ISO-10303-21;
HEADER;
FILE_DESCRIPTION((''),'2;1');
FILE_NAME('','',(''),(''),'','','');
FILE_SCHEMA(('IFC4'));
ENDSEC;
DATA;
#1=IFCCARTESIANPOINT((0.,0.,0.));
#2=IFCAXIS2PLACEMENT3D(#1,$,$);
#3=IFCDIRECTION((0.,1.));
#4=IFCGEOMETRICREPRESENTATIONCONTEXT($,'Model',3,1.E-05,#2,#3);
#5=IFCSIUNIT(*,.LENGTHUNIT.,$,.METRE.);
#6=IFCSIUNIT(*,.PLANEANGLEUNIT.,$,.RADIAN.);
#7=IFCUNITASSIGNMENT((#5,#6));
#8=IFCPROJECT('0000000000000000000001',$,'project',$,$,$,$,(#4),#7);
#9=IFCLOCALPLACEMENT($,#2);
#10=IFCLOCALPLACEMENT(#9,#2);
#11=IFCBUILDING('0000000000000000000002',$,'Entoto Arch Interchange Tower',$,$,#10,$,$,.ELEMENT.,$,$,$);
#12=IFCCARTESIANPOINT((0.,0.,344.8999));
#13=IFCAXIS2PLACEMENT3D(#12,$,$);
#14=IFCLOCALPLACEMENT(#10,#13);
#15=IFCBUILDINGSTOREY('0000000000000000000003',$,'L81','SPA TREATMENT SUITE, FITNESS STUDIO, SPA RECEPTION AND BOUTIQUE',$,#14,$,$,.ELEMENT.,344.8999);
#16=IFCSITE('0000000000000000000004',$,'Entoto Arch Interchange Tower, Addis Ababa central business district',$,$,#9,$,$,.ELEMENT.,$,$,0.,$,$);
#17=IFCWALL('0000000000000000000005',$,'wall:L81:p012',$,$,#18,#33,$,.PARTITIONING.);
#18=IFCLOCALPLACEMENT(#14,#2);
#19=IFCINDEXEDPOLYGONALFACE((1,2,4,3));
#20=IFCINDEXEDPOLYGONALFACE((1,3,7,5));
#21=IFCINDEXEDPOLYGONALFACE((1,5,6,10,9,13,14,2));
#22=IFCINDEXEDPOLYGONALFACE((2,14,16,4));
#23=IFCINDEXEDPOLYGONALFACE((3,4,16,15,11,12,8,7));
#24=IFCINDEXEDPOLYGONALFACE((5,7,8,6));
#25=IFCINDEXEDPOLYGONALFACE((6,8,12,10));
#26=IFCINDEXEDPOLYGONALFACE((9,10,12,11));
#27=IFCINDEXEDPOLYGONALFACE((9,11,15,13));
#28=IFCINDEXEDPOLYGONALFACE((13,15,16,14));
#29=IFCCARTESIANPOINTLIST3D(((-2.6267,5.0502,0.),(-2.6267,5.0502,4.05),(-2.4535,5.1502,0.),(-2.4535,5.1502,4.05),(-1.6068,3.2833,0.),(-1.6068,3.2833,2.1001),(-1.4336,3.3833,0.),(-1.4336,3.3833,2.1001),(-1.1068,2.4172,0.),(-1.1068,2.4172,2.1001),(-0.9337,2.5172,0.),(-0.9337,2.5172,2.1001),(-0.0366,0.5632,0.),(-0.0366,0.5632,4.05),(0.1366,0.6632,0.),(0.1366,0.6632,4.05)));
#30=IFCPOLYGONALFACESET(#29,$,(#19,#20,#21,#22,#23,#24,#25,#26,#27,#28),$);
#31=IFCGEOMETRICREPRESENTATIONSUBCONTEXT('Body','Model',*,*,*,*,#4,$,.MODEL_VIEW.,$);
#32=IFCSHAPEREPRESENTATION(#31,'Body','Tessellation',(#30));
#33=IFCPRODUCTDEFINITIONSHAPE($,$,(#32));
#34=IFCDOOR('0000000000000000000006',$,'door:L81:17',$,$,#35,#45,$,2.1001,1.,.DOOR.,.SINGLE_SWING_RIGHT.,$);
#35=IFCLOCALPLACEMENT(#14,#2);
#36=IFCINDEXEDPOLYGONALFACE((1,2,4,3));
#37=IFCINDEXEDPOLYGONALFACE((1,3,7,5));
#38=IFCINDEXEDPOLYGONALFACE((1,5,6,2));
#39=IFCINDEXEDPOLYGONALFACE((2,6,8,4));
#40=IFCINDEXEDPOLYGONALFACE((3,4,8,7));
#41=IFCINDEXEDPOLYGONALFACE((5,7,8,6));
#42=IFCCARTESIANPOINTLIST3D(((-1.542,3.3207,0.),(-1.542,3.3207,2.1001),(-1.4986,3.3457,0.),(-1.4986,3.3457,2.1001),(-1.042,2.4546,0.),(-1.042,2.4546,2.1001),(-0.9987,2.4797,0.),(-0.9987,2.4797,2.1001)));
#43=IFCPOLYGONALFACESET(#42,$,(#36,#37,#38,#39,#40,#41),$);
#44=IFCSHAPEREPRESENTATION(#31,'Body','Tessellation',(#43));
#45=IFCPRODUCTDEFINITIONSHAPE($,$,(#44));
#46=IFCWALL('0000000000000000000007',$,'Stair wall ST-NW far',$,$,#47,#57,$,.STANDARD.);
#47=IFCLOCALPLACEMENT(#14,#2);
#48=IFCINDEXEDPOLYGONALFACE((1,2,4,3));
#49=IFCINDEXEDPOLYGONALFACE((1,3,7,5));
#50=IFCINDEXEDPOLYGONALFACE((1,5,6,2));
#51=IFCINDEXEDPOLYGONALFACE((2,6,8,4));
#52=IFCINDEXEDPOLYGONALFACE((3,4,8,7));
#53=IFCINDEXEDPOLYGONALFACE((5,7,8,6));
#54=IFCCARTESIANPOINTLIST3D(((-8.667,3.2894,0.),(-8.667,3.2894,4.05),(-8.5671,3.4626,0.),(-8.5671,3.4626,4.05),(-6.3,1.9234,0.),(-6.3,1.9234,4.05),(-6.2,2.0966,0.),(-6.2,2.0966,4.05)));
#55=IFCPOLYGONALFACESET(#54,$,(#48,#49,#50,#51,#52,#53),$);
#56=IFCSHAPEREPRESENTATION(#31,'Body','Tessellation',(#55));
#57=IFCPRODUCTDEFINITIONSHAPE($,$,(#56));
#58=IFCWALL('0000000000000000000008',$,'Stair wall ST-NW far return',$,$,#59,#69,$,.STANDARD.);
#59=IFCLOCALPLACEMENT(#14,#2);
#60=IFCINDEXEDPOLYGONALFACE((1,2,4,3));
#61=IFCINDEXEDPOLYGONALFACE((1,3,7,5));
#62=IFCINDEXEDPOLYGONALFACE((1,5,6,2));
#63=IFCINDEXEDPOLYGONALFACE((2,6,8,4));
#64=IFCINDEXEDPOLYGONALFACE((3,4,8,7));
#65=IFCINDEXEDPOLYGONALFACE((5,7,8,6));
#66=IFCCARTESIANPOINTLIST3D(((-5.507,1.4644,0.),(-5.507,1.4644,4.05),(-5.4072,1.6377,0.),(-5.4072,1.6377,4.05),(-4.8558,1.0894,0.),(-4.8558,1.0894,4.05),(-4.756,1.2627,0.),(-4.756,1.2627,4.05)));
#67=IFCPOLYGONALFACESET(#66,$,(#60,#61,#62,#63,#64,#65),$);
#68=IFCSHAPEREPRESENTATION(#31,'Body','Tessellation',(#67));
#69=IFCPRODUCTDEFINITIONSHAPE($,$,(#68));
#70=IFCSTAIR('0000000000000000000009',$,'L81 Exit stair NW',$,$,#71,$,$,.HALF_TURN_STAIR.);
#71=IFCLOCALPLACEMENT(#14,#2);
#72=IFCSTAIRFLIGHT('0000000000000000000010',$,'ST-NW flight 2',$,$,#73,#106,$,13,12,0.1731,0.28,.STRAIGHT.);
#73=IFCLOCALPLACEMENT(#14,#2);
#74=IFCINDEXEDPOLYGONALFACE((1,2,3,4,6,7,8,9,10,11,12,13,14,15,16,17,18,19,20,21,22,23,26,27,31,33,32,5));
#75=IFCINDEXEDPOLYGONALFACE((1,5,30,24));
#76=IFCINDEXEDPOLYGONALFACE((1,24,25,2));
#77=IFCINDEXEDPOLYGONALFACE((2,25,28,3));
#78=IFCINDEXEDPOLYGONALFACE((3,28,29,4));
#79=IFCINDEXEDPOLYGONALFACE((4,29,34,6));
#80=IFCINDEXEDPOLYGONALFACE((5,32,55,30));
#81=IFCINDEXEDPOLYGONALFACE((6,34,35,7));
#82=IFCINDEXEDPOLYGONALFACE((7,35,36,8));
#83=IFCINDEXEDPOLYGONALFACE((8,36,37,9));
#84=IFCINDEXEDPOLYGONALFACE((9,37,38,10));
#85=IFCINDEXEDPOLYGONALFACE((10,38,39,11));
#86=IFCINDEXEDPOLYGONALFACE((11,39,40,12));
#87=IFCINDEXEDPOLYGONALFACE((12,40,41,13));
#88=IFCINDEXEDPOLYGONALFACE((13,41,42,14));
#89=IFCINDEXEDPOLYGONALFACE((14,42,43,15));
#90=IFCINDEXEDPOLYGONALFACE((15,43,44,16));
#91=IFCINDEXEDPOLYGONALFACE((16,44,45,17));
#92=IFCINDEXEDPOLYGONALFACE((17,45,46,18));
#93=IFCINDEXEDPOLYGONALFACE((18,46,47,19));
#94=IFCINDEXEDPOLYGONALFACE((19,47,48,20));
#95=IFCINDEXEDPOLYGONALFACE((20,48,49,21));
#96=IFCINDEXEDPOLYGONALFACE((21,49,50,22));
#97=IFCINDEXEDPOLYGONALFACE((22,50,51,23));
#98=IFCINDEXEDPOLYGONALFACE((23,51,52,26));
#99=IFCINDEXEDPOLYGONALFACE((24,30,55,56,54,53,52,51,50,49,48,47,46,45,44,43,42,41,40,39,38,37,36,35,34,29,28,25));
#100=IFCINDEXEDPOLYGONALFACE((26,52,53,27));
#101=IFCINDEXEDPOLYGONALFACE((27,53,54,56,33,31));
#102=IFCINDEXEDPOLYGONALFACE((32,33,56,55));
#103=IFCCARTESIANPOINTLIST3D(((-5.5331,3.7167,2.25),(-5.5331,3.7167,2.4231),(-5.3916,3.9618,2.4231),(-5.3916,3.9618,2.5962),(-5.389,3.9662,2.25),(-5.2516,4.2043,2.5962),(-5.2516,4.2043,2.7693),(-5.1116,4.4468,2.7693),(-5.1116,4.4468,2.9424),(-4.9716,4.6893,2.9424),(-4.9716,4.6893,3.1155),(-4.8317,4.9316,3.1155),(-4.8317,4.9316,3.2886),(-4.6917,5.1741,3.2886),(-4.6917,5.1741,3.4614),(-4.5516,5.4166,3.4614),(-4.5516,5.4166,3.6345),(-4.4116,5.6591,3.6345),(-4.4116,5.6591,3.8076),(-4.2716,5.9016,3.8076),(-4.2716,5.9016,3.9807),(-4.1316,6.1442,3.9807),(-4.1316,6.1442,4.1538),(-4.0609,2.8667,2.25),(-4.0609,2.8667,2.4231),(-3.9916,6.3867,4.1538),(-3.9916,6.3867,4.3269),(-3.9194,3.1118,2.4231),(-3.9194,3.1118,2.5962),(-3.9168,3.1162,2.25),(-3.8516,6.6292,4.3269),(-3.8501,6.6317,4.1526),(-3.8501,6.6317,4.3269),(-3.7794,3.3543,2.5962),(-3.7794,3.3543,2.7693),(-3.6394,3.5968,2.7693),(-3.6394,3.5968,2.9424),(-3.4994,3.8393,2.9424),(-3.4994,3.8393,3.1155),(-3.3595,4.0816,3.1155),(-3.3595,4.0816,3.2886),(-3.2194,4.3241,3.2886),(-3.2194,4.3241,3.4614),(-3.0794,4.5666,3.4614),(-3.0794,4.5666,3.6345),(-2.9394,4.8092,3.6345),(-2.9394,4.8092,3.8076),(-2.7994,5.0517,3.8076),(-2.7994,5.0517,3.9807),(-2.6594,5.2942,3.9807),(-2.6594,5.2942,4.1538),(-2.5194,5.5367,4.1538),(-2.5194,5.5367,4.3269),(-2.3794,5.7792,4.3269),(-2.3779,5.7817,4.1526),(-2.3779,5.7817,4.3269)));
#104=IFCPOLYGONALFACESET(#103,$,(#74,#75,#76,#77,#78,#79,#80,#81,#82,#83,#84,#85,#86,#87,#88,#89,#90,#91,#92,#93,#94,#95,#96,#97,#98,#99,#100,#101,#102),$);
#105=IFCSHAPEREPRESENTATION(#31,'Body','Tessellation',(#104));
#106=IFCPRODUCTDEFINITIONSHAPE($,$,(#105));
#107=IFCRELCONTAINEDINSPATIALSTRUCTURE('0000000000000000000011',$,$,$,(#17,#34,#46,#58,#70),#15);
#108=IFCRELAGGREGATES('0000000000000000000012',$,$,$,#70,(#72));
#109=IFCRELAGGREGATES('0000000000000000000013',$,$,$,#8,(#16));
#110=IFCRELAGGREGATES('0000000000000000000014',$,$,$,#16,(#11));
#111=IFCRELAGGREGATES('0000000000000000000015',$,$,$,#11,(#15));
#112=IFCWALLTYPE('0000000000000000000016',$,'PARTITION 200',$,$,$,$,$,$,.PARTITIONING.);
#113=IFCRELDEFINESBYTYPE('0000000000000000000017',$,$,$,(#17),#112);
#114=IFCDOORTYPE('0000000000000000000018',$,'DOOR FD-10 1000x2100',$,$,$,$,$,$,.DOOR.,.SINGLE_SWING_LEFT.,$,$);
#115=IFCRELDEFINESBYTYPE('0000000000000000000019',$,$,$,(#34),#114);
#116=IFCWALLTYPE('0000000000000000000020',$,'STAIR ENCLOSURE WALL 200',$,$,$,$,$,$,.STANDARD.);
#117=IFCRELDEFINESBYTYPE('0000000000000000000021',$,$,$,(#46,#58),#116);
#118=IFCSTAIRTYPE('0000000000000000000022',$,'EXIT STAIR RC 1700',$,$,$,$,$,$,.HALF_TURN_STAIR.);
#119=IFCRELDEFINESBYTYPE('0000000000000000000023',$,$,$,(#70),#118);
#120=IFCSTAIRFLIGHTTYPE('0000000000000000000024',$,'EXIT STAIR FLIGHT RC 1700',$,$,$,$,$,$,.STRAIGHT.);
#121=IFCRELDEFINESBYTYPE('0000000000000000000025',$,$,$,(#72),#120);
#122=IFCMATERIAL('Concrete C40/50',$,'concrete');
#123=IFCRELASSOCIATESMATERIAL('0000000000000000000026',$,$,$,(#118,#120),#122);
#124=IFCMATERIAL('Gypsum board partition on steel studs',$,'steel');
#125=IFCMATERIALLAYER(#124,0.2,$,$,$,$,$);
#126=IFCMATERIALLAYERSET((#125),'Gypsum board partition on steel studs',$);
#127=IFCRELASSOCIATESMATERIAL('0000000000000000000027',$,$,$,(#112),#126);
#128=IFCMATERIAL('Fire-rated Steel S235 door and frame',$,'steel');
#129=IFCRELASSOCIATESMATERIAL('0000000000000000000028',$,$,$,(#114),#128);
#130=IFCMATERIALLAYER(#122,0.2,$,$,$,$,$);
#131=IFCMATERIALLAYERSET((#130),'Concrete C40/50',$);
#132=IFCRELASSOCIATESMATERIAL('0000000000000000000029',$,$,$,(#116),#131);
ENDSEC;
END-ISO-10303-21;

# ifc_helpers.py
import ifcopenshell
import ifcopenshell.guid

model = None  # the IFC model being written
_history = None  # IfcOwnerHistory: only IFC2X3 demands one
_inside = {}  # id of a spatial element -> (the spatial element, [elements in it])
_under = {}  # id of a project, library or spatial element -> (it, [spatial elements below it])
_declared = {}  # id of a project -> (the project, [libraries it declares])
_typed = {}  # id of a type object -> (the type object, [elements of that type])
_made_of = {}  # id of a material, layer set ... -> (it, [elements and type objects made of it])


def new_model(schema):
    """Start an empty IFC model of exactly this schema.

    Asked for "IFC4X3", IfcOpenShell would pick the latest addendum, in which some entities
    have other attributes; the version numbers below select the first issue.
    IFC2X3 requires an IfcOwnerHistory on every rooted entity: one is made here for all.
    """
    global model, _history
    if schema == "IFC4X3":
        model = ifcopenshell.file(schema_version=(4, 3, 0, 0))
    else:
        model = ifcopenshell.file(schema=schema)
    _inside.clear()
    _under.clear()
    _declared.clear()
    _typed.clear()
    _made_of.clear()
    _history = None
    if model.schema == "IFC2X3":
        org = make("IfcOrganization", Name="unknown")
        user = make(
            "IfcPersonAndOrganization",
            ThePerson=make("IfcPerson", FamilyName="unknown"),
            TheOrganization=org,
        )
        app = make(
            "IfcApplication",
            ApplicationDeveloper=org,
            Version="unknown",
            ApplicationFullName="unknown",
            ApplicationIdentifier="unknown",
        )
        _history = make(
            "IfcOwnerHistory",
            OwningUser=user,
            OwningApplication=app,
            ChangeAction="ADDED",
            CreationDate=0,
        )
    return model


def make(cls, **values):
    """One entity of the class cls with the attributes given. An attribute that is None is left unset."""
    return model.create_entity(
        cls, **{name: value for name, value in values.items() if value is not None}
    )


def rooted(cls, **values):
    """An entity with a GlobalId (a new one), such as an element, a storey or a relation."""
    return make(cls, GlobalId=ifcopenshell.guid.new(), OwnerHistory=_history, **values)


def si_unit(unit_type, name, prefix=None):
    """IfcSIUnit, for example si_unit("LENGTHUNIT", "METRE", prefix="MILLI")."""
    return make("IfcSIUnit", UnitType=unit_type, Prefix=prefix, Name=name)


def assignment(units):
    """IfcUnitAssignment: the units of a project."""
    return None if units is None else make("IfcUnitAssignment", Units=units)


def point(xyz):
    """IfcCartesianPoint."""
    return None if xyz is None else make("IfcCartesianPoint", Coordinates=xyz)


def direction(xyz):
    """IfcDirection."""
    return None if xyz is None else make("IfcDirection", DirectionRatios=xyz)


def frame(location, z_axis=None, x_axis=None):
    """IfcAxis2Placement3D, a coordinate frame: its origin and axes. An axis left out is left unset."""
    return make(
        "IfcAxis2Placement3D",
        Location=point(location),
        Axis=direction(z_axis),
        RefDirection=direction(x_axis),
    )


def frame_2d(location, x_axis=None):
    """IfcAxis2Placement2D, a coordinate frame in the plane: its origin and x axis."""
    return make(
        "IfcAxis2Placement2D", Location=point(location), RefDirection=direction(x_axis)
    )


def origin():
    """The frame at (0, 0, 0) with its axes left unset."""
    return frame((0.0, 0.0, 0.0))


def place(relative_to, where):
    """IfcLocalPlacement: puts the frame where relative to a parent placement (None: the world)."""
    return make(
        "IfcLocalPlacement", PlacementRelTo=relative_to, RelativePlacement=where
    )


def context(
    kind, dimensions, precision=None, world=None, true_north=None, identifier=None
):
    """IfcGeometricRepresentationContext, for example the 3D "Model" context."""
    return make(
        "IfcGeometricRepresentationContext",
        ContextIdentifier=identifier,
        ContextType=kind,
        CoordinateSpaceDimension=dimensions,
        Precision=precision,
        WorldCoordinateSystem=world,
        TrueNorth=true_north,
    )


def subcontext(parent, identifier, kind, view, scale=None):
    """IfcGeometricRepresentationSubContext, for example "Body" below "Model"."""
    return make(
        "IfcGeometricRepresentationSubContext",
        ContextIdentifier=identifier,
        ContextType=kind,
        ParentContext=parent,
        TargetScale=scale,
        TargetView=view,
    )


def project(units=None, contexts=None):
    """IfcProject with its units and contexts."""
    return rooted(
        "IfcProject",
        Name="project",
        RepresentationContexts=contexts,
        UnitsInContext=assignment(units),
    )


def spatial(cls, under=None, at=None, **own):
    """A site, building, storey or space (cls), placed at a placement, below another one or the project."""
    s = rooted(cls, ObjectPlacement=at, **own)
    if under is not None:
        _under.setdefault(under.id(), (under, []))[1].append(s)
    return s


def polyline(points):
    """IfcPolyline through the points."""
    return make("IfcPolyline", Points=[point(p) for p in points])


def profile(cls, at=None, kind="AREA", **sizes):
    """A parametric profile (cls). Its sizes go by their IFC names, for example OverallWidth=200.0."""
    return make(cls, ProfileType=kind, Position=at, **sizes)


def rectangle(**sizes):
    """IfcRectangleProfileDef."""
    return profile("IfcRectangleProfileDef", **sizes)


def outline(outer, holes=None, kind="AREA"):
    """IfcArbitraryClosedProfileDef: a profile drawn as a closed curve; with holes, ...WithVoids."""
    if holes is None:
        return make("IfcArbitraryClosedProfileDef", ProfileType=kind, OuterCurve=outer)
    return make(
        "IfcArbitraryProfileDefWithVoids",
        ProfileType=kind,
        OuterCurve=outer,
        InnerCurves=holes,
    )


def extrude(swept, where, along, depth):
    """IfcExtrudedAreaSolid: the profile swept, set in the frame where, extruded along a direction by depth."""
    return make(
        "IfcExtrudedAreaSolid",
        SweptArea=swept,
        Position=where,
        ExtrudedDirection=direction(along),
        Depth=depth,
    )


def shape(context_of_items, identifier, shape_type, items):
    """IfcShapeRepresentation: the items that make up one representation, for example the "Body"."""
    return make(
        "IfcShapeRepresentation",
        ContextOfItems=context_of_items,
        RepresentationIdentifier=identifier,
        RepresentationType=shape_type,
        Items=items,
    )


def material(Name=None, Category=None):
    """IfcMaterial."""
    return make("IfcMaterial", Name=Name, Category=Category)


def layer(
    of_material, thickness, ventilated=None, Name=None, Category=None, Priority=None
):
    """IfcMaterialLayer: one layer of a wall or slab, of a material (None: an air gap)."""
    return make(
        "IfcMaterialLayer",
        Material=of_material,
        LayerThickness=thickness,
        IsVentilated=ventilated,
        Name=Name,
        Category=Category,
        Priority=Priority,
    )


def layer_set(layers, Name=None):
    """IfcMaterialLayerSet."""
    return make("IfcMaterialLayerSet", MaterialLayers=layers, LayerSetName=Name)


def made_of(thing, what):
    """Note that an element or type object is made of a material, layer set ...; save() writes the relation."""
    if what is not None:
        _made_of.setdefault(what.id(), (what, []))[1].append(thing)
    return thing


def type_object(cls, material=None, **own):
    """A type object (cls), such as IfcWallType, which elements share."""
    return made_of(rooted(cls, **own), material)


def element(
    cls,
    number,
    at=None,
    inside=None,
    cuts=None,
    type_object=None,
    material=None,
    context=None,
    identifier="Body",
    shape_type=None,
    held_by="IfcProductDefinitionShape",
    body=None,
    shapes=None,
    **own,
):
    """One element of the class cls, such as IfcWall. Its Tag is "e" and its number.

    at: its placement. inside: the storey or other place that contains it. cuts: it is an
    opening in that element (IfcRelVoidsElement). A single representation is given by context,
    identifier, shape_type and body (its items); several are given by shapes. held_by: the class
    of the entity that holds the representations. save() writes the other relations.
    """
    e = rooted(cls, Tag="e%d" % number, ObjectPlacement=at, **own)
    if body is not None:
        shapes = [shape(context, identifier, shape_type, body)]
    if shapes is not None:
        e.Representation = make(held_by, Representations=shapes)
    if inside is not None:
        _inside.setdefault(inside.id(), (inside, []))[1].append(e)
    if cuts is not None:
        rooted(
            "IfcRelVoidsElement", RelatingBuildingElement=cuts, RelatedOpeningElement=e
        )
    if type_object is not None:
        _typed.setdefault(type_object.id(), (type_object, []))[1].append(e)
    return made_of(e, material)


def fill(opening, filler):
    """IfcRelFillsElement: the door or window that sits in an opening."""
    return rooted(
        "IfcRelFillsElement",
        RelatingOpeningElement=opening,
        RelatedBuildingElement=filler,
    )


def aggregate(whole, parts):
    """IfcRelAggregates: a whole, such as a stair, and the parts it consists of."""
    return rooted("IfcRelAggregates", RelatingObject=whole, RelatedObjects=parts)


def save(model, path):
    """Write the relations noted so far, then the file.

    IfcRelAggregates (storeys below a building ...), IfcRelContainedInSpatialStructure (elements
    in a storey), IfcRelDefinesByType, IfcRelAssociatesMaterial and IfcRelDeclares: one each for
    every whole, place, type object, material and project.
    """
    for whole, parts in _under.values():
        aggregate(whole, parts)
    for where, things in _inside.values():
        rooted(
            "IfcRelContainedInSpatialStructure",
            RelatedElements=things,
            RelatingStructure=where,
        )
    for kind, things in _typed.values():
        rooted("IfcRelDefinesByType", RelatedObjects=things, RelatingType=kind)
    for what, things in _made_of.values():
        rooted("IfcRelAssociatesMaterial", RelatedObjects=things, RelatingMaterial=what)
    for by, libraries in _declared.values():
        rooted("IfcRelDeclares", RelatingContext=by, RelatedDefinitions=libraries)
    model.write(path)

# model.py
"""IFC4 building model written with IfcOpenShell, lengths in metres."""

from ifc_helpers import new_model, si_unit, direction, frame, frame_2d, origin, place, context, subcontext, project, spatial, polyline, rectangle, outline, extrude, material, layer, layer_set, type_object, element, fill, aggregate, save


model = new_model("IFC4")

# Units and contexts
model_context = context("Model", 3, precision=1e-05, world=origin(), true_north=direction((0.0, 1.0)))
body_context = subcontext(model_context, "Body", "Model", "MODEL_VIEW")
ifc_project = project(units=[si_unit("LENGTHUNIT", "METRE"), si_unit("PLANEANGLEUNIT", "RADIAN")], contexts=[model_context])

# Site, building, storey
site_placement = place(None, origin())
site = spatial("IfcSite", under=ifc_project, at=site_placement, Name="Entoto Arch Interchange Tower, Addis Ababa central business district", CompositionType="ELEMENT", RefElevation=0.0)
building_placement = place(site_placement, origin())
building = spatial("IfcBuilding", under=site, at=building_placement, Name="Entoto Arch Interchange Tower", CompositionType="ELEMENT")
storey_placement = place(building_placement, frame((0.0, 0.0, 344.8999)))
storey = spatial("IfcBuildingStorey", under=building, at=storey_placement, Name="L81", Description="SPA TREATMENT SUITE, FITNESS STUDIO, SPA RECEPTION AND BOUTIQUE", CompositionType="ELEMENT", Elevation=344.8999)

# Shared definitions
ifc_material_1 = material(Name="Concrete C40/50", Category="concrete")

# Shared definitions
stair_type = type_object("IfcStairType", Name="EXIT STAIR RC 1700", PredefinedType="HALF_TURN_STAIR", material=ifc_material_1)

# Shared definitions
ifc_material_2 = material(Name="Fire-rated Steel S235 door and frame", Category="steel")

# Wall, opening, door
ifc_material_3 = material(Name="Gypsum board partition on steel studs", Category="steel")
ifc_layer_1 = layer(ifc_material_3, 0.2)
ifc_layer_set_1 = layer_set([ifc_layer_1], Name="Gypsum board partition on steel studs")
wall_type_1 = type_object("IfcWallType", Name="PARTITION 200", PredefinedType="PARTITIONING", material=ifc_layer_set_1)
wall_1_placement = place(storey_placement, frame((-2.54, 5.1001, 0.0), z_axis=(0.0, 0.0, 1.0), x_axis=(0.499925, -0.866069, 0.0)))
wall_1 = element("IfcWall", 1, at=wall_1_placement, inside=storey, type_object=wall_type_1, Name="wall:L81:p012", PredefinedType="PARTITIONING", context=body_context, shape_type="SweptSolid", body=[
    extrude(rectangle(XDim=5.1809, YDim=0.2, at=frame_2d((2.5903, 0.0))), origin(), (0.0, 0.0, 1.0), 4.05),
])
opening_1_placement = place(wall_1_placement, frame((2.04, 0.0, 0.0)))
opening_1 = element("IfcOpeningElement", 2, at=opening_1_placement, cuts=wall_1, PredefinedType="OPENING", context=body_context, shape_type="SweptSolid", body=[
    extrude(rectangle(XDim=1.0, YDim=2.1001, at=frame_2d((0.5, 1.05))), frame((0.0, 0.1099, 0.0), z_axis=(0.0, -1.0, 0.0), x_axis=(1.0, 0.0, 0.0)), (0.0, 0.0, 1.0), 0.22),
])
door_type_1 = type_object("IfcDoorType", Name="DOOR FD-10 1000x2100", OperationType="SINGLE_SWING_LEFT", PredefinedType="DOOR", material=ifc_material_2)
door_1_placement = place(opening_1_placement, origin())
door_1 = element("IfcDoor", 3, at=door_1_placement, inside=storey, type_object=door_type_1, Name="door:L81:17", OperationType="SINGLE_SWING_RIGHT", OverallHeight=2.1001, OverallWidth=1.0, PredefinedType="DOOR", context=body_context, shape_type="SweptSolid", body=[
    extrude(rectangle(XDim=1.0, YDim=2.1001, at=frame_2d((0.5, 1.05))), frame((0.0, 0.0249, 0.0), z_axis=(0.0, -1.0, 0.0), x_axis=(1.0, 0.0, 0.0)), (0.0, 0.0, 1.0), 0.05),
])
fill(opening_1, door_1)

# Walls
ifc_layer_2 = layer(ifc_material_1, 0.2)
ifc_layer_set_2 = layer_set([ifc_layer_2], Name="Concrete C40/50")
wall_type_2 = type_object("IfcWallType", Name="STAIR ENCLOSURE WALL 200", PredefinedType="STANDARD", material=ifc_layer_set_2)
wall_2_placement = place(storey_placement, frame((-6.25, 2.01, 0.0), z_axis=(0.0, 0.0, 1.0), x_axis=(-0.866119, 0.499838, 0.0)))
element("IfcWall", 4, at=wall_2_placement, inside=storey, type_object=wall_type_2, Name="Stair wall ST-NW far", PredefinedType="STANDARD", context=body_context, shape_type="SweptSolid", body=[
    extrude(rectangle(XDim=2.7329, YDim=0.2, at=frame_2d((1.3665, 0.0))), origin(), (0.0, 0.0, 1.0), 4.05),
])
wall_3_placement = place(storey_placement, frame((-4.8059, 1.176, 0.0), z_axis=(0.0, 0.0, 1.0), x_axis=(-0.866559, 0.499075, 0.0)))
element("IfcWall", 5, at=wall_3_placement, inside=storey, type_object=wall_type_2, Name="Stair wall ST-NW far return", PredefinedType="STANDARD", context=body_context, shape_type="SweptSolid", body=[
    extrude(rectangle(XDim=0.7515, YDim=0.2, at=frame_2d((0.3757, 0.0))), origin(), (0.0, 0.0, 1.0), 4.05),
])

# Stair, stair flight
stair_1_placement = place(storey_placement, origin())
stair_1 = element("IfcStair", 6, at=stair_1_placement, inside=storey, type_object=stair_type, Name="L81 Exit stair NW", PredefinedType="HALF_TURN_STAIR")
stair_flight_type = type_object("IfcStairFlightType", Name="EXIT STAIR FLIGHT RC 1700", PredefinedType="STRAIGHT", material=ifc_material_1)
stair_flight_placement = place(storey_placement, frame((-4.7954, 3.2942, 2.25), z_axis=(0.0, 0.0, 1.0), x_axis=(0.5, 0.866025, 0.0)))
stair_flight = element("IfcStairFlight", 7, at=stair_flight_placement, type_object=stair_flight_type, Name="ST-NW flight 2", NumberOfRisers=13, NumberOfTreads=12, PredefinedType="STRAIGHT", RiserHeight=0.1731, TreadLength=0.28, context=body_context, shape_type="SweptSolid", body=[
    extrude(outline(polyline([(-0.0029, 0.0), (-0.0029, 0.1731), (0.28, 0.1731), (0.28, 0.3462), (0.5601, 0.3462), (0.5601, 0.5193), (0.8401, 0.5193), (0.8401, 0.6924), (1.1201, 0.6924), (1.1201, 0.8655), (1.3999, 0.8655), (1.3999, 1.0386), (1.6799, 1.0386), (1.6799, 1.2114), (1.96, 1.2114), (1.96, 1.3845), (2.24, 1.3845), (2.24, 1.5576), (2.52, 1.5576), (2.52, 1.7307), (2.8, 1.7307), (2.8, 1.9038), (3.0801, 1.9038), (3.0801, 2.0769), (3.3601, 2.0769), (3.363, 2.0769), (3.363, 1.9026), (0.2852, 0.0), (-0.0029, 0.0)])), frame((0.0, 0.8501, 0.0), z_axis=(0.0, -1.0, 0.0), x_axis=(1.0, 0.0, 0.0)), (0.0, 0.0, 1.0), 1.7),
])
aggregate(stair_1, [stair_flight])

save(model, "model.ifc")
